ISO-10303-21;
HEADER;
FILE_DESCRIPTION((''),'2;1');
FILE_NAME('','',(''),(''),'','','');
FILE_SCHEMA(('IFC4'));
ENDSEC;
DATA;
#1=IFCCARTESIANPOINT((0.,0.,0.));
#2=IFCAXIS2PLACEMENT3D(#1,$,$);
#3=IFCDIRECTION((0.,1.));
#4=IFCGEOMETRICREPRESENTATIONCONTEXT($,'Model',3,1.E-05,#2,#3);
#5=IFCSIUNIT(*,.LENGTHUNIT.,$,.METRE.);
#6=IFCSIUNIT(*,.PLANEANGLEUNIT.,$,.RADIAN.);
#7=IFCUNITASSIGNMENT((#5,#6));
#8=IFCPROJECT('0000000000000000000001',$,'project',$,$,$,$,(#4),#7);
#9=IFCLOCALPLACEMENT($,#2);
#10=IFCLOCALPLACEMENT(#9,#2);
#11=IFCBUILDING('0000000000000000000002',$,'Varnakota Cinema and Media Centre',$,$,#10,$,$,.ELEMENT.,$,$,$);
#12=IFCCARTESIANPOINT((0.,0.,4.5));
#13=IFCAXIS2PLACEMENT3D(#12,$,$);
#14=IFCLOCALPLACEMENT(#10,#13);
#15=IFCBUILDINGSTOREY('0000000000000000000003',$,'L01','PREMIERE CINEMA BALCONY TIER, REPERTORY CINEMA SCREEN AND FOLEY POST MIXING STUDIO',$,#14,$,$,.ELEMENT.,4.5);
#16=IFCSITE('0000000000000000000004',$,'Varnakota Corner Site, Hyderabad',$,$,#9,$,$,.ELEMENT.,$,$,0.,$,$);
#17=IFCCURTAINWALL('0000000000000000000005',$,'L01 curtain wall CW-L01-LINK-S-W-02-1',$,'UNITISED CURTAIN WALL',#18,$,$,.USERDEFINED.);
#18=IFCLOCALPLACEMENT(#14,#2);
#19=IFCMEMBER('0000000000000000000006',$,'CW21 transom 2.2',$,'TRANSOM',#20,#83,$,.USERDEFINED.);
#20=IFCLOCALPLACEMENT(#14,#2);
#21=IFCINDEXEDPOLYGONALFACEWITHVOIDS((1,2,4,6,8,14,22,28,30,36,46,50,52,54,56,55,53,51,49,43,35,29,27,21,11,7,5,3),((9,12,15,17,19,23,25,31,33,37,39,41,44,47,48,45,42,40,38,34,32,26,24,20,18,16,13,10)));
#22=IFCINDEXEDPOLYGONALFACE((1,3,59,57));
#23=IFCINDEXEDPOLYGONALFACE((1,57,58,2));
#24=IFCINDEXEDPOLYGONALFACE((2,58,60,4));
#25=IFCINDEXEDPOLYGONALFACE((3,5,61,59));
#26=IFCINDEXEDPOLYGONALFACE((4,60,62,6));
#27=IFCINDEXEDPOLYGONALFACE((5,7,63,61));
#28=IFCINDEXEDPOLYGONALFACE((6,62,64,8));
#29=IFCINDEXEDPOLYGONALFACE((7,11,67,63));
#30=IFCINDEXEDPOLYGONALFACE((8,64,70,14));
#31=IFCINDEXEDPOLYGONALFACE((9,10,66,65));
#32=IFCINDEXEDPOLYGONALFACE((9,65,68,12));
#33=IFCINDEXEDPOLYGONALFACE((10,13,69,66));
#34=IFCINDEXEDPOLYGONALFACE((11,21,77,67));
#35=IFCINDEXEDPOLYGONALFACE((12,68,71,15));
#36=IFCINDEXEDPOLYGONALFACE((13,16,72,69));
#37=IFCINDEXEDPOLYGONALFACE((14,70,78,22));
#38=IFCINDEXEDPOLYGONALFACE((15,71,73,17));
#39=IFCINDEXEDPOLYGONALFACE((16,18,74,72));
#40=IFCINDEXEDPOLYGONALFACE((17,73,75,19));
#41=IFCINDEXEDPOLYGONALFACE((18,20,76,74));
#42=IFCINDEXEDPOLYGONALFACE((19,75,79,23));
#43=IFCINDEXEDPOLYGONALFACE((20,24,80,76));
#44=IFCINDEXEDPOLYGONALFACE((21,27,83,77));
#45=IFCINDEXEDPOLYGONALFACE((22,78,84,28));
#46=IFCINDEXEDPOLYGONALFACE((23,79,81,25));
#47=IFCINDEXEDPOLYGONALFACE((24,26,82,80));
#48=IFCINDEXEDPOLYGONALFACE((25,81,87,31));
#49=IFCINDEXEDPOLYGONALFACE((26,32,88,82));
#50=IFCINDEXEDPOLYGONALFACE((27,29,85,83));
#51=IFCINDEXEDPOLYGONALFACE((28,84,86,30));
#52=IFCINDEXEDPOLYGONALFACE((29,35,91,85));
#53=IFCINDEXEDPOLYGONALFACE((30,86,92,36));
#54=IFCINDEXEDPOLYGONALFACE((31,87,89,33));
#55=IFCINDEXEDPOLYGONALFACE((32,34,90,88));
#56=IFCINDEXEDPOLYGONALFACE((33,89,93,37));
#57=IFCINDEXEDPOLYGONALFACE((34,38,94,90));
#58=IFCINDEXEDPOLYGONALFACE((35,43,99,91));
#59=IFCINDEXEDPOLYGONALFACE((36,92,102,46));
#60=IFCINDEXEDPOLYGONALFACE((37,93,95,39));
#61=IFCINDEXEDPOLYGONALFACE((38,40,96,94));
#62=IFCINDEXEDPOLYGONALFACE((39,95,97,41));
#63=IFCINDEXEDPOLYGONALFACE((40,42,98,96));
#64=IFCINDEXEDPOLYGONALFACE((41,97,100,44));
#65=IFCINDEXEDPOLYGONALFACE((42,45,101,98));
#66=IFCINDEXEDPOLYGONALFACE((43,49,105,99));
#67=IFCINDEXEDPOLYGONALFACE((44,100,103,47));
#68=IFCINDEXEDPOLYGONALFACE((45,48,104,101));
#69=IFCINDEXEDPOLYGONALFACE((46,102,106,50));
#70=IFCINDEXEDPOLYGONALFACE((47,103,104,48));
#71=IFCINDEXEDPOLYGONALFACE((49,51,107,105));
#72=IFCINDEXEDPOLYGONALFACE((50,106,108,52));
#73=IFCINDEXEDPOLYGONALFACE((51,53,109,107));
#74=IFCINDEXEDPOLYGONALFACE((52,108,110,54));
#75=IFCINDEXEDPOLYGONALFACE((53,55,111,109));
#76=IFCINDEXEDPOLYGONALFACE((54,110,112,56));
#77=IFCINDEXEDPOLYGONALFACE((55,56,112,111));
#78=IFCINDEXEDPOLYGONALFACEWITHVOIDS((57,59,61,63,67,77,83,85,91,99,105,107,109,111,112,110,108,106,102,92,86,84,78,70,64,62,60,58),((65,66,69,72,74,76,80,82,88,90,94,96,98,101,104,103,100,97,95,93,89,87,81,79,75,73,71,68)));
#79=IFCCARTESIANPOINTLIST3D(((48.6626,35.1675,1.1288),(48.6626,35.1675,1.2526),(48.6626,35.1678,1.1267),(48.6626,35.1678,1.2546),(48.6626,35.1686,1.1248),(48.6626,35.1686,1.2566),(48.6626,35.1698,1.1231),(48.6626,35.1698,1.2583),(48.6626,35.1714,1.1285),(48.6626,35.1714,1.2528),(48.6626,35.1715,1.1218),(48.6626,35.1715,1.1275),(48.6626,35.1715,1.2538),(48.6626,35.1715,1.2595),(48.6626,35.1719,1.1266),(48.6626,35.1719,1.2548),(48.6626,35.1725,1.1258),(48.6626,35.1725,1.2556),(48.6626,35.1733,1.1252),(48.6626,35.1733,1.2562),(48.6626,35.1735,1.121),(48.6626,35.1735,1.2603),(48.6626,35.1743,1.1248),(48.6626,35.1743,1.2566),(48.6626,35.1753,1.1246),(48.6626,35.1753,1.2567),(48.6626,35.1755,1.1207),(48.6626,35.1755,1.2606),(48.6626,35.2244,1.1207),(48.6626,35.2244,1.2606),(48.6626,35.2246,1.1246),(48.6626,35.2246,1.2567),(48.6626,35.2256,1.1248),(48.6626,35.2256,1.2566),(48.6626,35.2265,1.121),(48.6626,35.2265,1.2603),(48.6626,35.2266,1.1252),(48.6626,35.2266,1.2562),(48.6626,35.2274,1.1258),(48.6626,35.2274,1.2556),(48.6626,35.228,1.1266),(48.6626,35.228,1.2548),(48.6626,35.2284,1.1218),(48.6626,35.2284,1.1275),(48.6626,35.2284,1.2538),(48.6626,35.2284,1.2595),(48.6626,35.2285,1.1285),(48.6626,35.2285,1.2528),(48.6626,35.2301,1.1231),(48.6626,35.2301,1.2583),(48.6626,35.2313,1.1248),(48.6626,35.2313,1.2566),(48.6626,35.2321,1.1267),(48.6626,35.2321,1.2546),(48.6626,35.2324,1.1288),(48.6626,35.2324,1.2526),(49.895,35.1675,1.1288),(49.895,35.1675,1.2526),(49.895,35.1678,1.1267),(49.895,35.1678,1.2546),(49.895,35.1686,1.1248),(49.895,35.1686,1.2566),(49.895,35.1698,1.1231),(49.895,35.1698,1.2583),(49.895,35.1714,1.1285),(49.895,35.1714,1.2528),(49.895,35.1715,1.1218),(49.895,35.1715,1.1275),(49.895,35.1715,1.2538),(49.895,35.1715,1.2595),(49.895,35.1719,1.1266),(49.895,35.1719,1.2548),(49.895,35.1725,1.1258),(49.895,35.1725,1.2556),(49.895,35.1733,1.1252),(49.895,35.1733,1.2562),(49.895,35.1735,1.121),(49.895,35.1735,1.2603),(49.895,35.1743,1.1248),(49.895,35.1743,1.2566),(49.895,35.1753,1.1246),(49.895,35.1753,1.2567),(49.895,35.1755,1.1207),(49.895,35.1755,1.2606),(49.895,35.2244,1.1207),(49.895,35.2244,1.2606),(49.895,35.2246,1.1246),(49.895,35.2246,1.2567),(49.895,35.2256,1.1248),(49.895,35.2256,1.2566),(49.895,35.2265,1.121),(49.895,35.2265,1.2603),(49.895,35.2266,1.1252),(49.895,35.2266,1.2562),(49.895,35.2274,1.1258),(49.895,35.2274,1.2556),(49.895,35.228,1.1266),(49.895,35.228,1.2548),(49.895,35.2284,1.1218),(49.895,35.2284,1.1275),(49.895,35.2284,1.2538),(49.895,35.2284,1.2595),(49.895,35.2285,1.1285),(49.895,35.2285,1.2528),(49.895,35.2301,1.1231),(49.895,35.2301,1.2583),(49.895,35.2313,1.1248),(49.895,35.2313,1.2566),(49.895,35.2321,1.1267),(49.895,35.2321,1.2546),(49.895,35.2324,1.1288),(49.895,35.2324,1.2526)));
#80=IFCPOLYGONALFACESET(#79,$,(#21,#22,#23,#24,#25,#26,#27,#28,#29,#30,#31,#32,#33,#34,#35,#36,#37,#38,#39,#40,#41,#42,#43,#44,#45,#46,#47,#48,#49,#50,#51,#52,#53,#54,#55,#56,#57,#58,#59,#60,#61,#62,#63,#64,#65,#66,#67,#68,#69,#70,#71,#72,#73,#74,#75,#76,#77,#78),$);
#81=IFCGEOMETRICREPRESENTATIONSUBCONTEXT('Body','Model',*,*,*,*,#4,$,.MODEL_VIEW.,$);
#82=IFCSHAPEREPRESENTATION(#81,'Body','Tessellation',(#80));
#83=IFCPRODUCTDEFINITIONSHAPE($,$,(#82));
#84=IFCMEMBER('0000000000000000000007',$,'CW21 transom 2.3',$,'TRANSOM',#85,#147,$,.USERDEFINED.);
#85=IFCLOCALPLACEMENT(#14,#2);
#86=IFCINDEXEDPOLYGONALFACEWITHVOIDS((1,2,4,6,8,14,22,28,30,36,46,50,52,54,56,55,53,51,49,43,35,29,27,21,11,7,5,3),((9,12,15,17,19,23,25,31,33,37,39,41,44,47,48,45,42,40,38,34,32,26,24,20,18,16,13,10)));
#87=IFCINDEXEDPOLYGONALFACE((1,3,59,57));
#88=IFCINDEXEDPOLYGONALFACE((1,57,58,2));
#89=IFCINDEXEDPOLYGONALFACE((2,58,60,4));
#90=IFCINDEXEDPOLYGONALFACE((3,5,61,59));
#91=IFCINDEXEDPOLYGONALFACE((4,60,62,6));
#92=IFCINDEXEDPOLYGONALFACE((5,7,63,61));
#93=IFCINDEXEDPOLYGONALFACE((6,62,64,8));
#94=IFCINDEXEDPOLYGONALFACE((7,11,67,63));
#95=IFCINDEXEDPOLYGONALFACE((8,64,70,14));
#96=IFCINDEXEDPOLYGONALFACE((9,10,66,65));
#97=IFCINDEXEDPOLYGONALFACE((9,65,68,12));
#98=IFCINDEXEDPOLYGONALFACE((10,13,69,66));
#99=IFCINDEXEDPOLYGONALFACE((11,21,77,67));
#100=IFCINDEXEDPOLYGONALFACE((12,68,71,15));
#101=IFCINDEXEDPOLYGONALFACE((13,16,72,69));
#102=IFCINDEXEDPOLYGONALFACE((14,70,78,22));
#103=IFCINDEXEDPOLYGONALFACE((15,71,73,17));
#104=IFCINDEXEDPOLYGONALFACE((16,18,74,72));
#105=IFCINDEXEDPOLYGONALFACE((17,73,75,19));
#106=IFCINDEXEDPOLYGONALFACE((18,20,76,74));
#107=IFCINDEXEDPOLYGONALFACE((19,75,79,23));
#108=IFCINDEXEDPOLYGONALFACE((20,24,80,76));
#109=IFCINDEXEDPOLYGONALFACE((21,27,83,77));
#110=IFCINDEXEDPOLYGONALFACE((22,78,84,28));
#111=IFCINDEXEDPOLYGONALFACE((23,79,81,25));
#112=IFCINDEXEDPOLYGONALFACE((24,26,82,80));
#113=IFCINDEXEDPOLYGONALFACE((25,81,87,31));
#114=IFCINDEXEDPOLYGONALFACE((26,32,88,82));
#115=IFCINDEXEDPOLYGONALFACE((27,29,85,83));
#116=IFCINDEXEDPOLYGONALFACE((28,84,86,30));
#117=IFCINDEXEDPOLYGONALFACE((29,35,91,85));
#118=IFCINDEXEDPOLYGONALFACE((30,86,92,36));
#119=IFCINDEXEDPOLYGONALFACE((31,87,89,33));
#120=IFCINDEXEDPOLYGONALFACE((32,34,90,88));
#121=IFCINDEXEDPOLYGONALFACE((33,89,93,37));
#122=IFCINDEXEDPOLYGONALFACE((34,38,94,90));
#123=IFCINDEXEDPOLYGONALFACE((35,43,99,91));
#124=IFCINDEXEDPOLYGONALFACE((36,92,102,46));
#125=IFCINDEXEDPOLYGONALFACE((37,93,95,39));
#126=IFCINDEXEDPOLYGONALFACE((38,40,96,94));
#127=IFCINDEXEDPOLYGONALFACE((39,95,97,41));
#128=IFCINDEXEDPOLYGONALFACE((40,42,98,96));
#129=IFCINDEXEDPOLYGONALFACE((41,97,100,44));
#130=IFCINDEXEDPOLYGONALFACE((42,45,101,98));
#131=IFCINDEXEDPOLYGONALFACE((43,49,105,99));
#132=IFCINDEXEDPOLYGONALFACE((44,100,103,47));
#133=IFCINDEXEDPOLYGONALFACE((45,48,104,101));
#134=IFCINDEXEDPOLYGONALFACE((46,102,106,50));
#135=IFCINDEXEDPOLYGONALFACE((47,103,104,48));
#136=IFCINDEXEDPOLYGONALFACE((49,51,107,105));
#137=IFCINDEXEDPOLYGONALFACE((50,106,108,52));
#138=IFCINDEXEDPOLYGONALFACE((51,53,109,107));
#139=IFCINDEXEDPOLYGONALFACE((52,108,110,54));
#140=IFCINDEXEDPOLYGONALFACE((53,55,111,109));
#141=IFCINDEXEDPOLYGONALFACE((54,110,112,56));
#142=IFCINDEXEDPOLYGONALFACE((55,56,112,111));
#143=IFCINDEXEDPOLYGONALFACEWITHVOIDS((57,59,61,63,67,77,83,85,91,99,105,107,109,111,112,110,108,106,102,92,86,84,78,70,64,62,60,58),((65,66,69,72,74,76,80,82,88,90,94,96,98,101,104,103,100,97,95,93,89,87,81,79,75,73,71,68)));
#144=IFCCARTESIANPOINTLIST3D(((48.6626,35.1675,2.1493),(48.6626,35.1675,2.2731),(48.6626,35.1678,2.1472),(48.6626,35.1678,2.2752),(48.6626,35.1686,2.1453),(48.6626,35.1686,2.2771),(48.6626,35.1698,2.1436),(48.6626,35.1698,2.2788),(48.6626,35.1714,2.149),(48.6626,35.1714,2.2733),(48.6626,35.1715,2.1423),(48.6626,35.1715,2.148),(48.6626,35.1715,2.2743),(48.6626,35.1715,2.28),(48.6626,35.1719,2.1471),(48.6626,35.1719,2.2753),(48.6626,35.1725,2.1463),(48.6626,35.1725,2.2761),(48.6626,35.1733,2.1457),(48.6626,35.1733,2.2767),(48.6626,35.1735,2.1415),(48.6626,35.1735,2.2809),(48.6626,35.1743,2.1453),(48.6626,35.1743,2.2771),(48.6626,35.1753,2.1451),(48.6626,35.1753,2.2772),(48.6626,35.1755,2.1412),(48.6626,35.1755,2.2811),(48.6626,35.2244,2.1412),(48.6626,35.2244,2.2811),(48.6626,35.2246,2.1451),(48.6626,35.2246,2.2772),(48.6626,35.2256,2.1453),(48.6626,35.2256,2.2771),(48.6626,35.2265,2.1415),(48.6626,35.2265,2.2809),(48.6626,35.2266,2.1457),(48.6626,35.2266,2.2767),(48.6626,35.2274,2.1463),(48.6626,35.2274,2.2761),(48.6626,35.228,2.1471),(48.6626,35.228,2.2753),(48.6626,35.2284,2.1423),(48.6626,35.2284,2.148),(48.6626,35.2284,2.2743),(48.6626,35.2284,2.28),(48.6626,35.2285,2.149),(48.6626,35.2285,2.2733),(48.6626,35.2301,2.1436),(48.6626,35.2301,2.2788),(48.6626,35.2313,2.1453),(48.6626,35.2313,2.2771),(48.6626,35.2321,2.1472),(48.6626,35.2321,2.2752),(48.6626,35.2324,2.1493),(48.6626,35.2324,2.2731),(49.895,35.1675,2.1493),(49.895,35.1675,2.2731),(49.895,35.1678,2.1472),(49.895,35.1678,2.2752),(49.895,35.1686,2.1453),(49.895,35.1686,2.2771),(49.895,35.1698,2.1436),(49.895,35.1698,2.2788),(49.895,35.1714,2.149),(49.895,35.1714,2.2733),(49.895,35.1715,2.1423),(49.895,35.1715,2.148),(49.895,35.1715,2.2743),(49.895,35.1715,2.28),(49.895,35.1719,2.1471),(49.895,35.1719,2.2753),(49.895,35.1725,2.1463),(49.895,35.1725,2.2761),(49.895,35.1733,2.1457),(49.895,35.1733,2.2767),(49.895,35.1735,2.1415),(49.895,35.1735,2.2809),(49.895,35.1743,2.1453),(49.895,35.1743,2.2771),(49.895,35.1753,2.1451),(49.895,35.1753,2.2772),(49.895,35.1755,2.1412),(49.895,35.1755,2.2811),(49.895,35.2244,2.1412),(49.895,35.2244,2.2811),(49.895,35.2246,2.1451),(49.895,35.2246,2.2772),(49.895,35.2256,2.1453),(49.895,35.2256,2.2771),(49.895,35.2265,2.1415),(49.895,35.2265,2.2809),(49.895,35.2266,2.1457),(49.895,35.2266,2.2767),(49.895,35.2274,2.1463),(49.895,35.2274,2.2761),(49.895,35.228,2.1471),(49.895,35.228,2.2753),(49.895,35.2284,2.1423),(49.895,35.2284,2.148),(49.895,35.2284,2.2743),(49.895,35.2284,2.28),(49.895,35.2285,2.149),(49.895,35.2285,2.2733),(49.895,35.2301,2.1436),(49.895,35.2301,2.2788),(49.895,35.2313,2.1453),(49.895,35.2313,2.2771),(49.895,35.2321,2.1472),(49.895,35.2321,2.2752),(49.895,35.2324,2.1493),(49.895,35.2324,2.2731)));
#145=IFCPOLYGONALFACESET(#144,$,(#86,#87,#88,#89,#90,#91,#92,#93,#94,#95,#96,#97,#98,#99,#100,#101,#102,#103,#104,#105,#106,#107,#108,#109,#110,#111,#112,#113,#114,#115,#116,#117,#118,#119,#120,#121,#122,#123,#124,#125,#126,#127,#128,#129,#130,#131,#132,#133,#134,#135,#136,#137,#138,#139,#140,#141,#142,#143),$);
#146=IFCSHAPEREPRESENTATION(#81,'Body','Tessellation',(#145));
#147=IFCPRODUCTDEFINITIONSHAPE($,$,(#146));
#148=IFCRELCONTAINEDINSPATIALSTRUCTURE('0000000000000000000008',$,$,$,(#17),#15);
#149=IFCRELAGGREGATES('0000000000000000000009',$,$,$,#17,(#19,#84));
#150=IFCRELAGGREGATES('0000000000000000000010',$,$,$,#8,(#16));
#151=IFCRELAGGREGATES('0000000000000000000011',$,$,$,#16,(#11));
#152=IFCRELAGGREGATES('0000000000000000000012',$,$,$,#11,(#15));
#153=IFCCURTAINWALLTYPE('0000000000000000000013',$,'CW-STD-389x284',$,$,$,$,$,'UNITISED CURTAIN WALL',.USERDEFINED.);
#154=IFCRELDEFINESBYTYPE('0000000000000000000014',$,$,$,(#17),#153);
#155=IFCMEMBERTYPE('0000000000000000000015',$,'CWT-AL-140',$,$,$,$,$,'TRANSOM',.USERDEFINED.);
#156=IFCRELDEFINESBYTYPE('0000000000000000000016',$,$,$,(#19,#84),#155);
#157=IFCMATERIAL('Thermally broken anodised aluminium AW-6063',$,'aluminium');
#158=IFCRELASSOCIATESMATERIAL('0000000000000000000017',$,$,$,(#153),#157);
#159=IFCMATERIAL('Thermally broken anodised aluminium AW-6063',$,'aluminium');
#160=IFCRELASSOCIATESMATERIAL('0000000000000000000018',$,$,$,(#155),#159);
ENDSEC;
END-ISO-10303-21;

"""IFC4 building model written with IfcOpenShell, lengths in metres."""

from ifc_helpers import new_model, si_unit, direction, frame, origin, origin_2d, place, context, subcontext, project, spatial, hollow_rectangle, extrude, material, material_profile, profile_set, type_object, element, aggregate, save


model = new_model("IFC4")

# Units and contexts
model_context = context("Model", 3, precision=1e-05, world=origin(), true_north=direction((0.0, 1.0)))
body_context = subcontext(model_context, "Body", "Model", "MODEL_VIEW")
ifc_project = project(units=[si_unit("LENGTHUNIT", "METRE"), si_unit("PLANEANGLEUNIT", "RADIAN")], contexts=[model_context])

# Site, building, storey
site_placement = place(None, origin())
site = spatial("IfcSite", under=ifc_project, at=site_placement, Name="Varnakota Corner Site, Hyderabad", CompositionType="ELEMENT", RefElevation=0.0)
building_placement = place(site_placement, origin())
building = spatial("IfcBuilding", under=site, at=building_placement, Name="Varnakota Cinema and Media Centre", CompositionType="ELEMENT")
storey_placement = place(building_placement, frame((0.0, 0.0, 4.5)))
storey = spatial("IfcBuildingStorey", under=building, at=storey_placement, Name="L01", Description="PREMIERE CINEMA BALCONY TIER, REPERTORY CINEMA SCREEN AND FOLEY POST MIXING STUDIO", CompositionType="ELEMENT", Elevation=4.5)

# Curtain wall
ifc_material_1 = material(Name="Thermally broken anodised aluminium AW-6063", Category="aluminium")
curtain_wall_type_1 = type_object("IfcCurtainWallType", Name="CW-STD-389x284", ElementType="UNITISED CURTAIN WALL", PredefinedType="USERDEFINED", material=ifc_material_1)
curtain_wall_1_placement = place(storey_placement, origin())
curtain_wall_1 = element("IfcCurtainWall", 1, at=curtain_wall_1_placement, inside=storey, type_object=curtain_wall_type_1, Name="L01 curtain wall CW-L01-LINK-S-W-02-1", ObjectType="UNITISED CURTAIN WALL", PredefinedType="USERDEFINED")

# Members
ifc_material_2 = material(Name="Thermally broken anodised aluminium AW-6063", Category="aluminium")
ifc_material_profile_1 = material_profile(ifc_material_2, hollow_rectangle(XDim=0.0649, YDim=0.1399, WallThickness=0.0039, InnerFilletRadius=0.0039, OuterFilletRadius=0.0081, at=origin_2d()), Name="AL-TRANSOM 140x65x4")
ifc_profile_set_1 = profile_set([ifc_material_profile_1], Name="Thermally broken anodised aluminium AW-6063")
member_type_1 = type_object("IfcMemberType", Name="CWT-AL-140", ElementType="TRANSOM", PredefinedType="USERDEFINED", material=ifc_profile_set_1)
member_1_placement = place(storey_placement, frame((49.895, 35.2, 1.1907), z_axis=(-1.0, 0.0, 0.0), x_axis=(0.0, -1.0, 0.0)))
member_1 = element("IfcMember", 2, at=member_1_placement, type_object=member_type_1, Name="CW21 transom 2.2", ObjectType="TRANSOM", PredefinedType="USERDEFINED", context=body_context, shape_type="SweptSolid", body=[
    extrude(hollow_rectangle(XDim=0.0649, YDim=0.1399, WallThickness=0.0039, InnerFilletRadius=0.0039, OuterFilletRadius=0.0081, at=origin_2d()), origin(), (0.0, 0.0, 1.0), 1.2324),
])
member_2_placement = place(storey_placement, frame((49.895, 35.2, 2.2112), z_axis=(-1.0, 0.0, 0.0), x_axis=(0.0, -1.0, 0.0)))
member_2 = element("IfcMember", 3, at=member_2_placement, type_object=member_type_1, Name="CW21 transom 2.3", ObjectType="TRANSOM", PredefinedType="USERDEFINED", context=body_context, shape_type="SweptSolid", body=[
    extrude(hollow_rectangle(XDim=0.0649, YDim=0.1399, WallThickness=0.0039, InnerFilletRadius=0.0039, OuterFilletRadius=0.0081, at=origin_2d()), origin(), (0.0, 0.0, 1.0), 1.2324),
])

aggregate(curtain_wall_1, [member_1, member_2])

save(model, "model.ifc")
